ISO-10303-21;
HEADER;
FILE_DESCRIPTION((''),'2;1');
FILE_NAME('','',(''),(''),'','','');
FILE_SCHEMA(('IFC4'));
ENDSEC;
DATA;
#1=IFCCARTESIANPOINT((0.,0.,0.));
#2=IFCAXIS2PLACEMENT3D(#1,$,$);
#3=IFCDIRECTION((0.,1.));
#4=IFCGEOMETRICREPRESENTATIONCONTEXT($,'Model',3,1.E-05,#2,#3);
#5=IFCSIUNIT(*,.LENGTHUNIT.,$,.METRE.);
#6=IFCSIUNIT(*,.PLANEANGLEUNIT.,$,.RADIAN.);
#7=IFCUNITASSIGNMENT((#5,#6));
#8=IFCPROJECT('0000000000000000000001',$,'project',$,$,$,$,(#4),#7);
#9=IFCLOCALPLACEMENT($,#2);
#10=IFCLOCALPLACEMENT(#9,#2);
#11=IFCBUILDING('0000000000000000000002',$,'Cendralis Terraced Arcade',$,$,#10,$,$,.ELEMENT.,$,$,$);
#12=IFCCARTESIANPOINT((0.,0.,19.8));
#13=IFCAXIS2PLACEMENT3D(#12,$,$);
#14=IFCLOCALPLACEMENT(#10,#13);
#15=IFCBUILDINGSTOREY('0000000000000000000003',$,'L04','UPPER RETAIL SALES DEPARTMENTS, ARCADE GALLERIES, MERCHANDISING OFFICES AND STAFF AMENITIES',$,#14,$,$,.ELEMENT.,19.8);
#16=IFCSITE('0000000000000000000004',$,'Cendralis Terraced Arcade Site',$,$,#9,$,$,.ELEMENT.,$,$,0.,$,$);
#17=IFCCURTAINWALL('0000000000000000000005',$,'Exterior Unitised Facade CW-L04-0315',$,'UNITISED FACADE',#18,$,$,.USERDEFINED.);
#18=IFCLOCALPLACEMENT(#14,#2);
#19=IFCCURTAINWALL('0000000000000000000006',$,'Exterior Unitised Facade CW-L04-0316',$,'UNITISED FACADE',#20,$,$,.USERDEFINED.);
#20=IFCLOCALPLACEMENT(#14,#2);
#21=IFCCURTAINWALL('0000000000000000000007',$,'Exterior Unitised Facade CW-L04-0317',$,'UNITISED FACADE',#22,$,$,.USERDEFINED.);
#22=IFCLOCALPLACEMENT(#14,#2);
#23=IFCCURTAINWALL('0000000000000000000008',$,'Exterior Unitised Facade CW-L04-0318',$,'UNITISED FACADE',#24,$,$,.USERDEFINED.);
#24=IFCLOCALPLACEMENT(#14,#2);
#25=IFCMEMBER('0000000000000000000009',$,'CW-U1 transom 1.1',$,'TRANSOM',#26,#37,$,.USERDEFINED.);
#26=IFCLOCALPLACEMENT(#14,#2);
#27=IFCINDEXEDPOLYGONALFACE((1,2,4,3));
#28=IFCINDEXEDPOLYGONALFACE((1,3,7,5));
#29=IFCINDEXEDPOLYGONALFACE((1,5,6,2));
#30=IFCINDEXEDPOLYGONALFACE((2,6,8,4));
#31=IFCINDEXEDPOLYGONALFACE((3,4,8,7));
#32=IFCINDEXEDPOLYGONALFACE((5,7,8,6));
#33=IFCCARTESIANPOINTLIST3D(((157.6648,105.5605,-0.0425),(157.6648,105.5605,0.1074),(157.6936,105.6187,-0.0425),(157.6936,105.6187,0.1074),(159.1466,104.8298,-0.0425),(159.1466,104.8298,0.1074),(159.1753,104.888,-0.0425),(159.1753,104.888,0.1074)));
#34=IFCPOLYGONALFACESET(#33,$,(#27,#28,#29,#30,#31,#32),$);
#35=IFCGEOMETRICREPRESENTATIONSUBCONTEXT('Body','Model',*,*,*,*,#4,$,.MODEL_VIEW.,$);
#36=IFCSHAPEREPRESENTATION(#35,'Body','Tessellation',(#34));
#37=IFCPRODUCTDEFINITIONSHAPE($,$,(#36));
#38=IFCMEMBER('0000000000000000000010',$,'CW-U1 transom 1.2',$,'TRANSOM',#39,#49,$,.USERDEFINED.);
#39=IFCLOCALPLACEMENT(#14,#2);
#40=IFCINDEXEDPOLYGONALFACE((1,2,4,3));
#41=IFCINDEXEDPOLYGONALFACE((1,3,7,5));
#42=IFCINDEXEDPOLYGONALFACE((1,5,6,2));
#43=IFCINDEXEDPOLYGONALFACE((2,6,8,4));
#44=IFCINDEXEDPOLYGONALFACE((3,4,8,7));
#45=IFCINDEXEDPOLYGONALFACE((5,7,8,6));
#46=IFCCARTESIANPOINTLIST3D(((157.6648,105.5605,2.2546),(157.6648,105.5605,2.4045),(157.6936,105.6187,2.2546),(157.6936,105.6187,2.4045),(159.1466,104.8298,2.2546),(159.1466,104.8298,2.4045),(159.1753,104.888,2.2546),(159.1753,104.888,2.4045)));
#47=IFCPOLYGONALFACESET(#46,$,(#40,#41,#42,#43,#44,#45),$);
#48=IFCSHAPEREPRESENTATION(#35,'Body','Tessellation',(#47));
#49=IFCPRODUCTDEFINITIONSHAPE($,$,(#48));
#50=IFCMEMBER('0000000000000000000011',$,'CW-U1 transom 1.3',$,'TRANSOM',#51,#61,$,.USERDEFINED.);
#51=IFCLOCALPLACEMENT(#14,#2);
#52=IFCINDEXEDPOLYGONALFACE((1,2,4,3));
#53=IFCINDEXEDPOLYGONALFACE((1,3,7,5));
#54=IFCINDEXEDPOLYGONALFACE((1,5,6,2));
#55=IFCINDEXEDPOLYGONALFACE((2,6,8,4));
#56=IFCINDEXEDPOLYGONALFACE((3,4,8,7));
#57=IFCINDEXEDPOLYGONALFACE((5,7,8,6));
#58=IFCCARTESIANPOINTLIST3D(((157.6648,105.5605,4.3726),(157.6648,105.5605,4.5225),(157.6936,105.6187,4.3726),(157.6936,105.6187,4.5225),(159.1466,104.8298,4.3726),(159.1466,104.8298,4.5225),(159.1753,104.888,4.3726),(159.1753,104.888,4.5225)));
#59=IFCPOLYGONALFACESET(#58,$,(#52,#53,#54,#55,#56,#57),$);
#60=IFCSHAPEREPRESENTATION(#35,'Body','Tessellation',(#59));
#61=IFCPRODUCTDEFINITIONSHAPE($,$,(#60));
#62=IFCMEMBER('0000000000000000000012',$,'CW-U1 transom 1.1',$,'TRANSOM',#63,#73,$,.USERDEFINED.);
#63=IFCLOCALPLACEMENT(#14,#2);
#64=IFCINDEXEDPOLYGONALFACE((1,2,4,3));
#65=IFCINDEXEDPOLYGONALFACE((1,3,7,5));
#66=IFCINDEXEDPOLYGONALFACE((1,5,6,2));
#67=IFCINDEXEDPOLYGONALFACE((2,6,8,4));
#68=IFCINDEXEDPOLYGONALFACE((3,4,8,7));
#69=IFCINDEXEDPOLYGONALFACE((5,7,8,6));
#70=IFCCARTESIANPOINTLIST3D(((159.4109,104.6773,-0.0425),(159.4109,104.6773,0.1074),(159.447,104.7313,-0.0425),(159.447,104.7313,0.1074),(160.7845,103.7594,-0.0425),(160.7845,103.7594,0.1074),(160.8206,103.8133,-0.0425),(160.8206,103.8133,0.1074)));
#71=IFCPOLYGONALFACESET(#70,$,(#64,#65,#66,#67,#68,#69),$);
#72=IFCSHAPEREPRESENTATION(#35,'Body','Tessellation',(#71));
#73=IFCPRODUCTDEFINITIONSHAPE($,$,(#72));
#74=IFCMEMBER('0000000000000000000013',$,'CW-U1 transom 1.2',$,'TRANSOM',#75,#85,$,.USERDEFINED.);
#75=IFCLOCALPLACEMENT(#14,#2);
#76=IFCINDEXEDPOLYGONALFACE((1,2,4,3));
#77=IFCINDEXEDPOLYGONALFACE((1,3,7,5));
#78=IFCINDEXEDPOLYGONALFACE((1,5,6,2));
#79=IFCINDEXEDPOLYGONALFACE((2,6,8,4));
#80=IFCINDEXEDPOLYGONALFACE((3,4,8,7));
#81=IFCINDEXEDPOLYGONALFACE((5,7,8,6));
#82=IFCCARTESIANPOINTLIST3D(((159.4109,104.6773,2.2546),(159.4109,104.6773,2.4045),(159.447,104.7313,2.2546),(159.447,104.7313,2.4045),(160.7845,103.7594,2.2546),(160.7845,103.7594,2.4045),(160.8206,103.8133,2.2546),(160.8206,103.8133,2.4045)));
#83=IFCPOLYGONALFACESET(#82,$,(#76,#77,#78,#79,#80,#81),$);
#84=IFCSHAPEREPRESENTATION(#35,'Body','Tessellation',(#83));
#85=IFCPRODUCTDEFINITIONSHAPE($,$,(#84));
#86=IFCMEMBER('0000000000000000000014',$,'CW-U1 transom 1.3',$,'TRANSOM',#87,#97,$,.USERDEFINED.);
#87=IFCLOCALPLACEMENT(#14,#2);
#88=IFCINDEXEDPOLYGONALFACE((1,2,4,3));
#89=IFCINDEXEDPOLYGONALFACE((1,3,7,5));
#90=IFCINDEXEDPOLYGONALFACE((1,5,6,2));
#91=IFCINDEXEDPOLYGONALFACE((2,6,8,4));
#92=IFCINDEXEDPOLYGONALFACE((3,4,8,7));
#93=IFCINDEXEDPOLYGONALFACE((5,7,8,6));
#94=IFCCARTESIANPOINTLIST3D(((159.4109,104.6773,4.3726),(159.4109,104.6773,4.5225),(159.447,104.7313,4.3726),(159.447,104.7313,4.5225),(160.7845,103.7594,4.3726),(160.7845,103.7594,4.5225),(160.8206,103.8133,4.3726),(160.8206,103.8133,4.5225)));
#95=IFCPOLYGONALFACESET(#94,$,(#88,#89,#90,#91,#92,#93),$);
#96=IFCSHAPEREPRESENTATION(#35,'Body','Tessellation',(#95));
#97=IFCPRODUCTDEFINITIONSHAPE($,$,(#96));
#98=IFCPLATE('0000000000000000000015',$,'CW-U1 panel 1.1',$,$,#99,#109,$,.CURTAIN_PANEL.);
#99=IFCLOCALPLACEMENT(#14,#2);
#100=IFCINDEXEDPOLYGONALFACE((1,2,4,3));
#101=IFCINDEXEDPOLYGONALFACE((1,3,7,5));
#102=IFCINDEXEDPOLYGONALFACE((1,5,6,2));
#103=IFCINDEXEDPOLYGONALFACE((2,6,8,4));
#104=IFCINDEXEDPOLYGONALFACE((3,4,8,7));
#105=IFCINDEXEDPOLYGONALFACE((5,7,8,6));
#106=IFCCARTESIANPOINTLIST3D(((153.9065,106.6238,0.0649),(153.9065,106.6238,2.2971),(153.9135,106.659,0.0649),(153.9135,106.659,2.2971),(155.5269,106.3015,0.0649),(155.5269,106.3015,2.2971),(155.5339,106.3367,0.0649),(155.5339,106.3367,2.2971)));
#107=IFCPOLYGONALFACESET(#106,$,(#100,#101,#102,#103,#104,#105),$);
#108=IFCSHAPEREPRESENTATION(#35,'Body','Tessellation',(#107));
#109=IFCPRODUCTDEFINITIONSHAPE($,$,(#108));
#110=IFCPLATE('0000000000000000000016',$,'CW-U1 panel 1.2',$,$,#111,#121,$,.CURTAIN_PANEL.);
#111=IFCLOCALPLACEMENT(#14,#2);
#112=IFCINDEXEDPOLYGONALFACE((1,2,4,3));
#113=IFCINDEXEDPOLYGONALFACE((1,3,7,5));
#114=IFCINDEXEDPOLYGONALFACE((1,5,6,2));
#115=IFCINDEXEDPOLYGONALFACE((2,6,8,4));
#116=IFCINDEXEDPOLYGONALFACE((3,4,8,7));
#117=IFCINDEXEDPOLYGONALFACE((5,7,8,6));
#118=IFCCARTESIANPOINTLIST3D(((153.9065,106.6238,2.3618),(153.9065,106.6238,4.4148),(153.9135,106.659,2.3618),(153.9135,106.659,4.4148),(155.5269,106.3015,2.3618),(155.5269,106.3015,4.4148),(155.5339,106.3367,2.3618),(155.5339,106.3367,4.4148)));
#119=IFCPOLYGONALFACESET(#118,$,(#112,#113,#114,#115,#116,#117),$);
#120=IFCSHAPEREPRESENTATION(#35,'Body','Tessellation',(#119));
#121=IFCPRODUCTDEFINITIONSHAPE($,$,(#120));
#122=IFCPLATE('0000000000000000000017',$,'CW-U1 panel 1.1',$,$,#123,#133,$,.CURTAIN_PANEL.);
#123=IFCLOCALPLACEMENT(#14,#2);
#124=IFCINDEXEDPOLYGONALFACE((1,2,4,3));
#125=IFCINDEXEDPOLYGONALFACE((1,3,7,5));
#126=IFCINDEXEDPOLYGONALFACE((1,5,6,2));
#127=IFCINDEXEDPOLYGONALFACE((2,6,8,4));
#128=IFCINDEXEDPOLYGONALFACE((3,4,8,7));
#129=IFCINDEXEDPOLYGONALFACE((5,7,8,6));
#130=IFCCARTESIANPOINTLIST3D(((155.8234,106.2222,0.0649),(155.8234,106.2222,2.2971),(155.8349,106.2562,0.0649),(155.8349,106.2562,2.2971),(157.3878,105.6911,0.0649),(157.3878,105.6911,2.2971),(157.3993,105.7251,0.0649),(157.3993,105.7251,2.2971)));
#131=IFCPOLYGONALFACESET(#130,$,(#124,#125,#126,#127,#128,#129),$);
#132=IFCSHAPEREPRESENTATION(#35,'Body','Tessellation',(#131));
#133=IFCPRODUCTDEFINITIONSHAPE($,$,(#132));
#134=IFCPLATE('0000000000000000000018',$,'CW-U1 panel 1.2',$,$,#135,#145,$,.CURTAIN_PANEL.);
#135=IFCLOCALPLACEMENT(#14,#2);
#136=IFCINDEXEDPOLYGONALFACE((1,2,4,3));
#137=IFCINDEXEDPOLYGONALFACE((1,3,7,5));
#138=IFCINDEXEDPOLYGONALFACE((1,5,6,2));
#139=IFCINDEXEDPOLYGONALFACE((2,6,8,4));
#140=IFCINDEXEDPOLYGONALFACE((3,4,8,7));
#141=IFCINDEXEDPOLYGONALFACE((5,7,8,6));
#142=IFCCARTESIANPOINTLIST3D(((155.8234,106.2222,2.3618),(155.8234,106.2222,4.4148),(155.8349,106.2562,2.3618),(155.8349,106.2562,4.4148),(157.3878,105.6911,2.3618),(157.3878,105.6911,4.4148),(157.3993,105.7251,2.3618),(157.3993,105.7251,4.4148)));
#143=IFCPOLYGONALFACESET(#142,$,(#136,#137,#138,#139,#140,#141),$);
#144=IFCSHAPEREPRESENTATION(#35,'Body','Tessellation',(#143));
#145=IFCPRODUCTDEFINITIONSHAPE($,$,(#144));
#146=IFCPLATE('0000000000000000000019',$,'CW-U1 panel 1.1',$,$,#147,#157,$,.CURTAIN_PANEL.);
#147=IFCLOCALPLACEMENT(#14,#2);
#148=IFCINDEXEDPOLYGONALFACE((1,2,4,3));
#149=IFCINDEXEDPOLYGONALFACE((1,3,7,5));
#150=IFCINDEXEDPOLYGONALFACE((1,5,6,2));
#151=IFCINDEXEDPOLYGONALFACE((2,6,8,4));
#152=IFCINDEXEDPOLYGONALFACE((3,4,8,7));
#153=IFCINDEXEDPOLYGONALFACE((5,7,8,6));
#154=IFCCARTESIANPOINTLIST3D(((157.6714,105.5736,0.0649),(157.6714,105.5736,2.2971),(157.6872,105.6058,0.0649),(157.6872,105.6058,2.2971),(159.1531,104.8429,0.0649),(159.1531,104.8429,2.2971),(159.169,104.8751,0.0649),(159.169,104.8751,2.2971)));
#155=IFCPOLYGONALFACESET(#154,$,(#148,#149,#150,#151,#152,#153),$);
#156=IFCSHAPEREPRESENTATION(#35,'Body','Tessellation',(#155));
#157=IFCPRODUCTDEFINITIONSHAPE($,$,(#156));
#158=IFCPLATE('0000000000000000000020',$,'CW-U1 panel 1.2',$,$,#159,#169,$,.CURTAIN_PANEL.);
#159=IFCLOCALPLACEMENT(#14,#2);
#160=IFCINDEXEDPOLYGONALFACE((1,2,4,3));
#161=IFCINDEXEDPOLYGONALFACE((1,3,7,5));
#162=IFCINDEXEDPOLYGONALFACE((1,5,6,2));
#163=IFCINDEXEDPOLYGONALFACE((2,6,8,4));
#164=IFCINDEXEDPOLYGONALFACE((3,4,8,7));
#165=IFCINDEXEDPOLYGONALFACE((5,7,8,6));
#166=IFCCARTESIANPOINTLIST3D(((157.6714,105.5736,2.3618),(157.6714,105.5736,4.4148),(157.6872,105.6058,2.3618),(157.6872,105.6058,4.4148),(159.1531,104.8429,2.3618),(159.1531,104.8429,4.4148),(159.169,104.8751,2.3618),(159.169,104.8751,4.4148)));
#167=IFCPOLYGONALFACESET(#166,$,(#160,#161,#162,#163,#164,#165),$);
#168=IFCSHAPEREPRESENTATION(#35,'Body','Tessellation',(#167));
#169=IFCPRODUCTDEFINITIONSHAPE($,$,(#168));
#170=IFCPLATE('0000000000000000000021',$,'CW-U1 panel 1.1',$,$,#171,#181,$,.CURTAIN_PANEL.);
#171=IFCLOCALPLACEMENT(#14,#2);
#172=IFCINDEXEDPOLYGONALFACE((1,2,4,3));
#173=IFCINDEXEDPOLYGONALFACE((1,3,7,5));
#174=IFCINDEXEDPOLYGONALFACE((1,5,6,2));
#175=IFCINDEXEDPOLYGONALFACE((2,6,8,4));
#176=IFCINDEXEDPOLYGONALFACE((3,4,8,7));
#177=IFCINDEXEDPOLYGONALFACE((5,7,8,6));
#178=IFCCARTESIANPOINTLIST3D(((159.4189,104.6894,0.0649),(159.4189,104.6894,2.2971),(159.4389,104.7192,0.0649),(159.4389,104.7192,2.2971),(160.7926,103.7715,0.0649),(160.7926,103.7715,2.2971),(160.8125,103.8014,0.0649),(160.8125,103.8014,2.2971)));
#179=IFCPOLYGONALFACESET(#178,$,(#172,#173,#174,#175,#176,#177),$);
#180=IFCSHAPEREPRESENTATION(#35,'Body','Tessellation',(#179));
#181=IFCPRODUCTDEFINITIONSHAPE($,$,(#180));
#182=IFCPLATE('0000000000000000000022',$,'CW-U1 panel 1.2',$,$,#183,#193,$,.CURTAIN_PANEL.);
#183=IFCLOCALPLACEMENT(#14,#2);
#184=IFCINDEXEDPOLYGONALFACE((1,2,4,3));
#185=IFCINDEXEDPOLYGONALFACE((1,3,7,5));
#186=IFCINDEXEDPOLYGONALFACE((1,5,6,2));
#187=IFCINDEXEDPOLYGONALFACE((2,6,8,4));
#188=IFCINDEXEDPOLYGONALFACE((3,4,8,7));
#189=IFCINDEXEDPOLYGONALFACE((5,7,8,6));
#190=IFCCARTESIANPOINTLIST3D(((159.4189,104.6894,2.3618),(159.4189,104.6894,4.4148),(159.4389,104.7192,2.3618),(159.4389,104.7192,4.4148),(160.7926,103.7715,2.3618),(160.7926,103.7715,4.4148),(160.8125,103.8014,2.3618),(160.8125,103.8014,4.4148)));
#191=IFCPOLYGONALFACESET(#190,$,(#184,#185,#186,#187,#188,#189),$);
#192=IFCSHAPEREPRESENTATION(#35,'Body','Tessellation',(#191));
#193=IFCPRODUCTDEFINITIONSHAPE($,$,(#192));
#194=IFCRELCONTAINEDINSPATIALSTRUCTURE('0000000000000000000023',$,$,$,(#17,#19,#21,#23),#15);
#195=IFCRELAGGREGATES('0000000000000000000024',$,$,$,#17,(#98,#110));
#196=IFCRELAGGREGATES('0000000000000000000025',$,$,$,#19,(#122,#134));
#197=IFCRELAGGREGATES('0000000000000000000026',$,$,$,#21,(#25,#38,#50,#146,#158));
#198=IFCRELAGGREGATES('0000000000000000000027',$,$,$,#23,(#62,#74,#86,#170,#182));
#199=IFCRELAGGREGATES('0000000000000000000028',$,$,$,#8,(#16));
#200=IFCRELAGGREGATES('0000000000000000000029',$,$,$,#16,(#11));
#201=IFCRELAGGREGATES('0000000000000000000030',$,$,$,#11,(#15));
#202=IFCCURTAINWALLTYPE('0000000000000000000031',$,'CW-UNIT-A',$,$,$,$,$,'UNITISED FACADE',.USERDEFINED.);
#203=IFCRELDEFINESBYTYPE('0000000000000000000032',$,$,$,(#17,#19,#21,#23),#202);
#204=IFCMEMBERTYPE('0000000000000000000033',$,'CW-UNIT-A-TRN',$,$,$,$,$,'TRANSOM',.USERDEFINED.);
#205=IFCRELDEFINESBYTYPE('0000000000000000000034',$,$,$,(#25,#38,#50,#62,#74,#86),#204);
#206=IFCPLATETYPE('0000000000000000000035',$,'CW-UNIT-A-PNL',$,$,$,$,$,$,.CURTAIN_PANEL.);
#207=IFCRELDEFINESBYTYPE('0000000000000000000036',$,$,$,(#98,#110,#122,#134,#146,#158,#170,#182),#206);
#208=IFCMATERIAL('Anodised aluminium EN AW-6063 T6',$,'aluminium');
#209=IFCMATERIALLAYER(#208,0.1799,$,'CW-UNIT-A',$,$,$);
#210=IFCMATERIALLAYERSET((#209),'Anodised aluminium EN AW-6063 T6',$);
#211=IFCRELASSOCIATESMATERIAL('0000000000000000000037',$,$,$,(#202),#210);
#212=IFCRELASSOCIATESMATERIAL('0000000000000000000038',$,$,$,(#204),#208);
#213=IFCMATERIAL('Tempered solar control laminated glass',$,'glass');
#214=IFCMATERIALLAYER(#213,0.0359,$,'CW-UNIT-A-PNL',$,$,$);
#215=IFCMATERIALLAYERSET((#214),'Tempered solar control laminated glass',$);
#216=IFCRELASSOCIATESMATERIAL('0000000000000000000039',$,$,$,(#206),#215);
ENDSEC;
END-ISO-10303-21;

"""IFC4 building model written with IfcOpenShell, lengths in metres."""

from ifc_helpers import new_model, si_unit, direction, frame, origin, origin_2d, place, context, subcontext, project, spatial, rectangle, extrude, material, layer, layer_set, material_profile, profile_set, type_object, element, aggregate, save


model = new_model("IFC4")

# Units and contexts
model_context = context("Model", 3, precision=1e-05, world=origin(), true_north=direction((0.0, 1.0)))
body_context = subcontext(model_context, "Body", "Model", "MODEL_VIEW")
ifc_project = project(units=[si_unit("LENGTHUNIT", "METRE"), si_unit("PLANEANGLEUNIT", "RADIAN")], contexts=[model_context])

# Site, building, storey
site_placement = place(None, origin())
site = spatial("IfcSite", under=ifc_project, at=site_placement, Name="Cendralis Terraced Arcade Site", CompositionType="ELEMENT", RefElevation=0.0)
building_placement = place(site_placement, origin())
building = spatial("IfcBuilding", under=site, at=building_placement, Name="Cendralis Terraced Arcade", CompositionType="ELEMENT")
storey_placement = place(building_placement, frame((0.0, 0.0, 19.8)))
storey = spatial("IfcBuildingStorey", under=building, at=storey_placement, Name="L04", Description="UPPER RETAIL SALES DEPARTMENTS, ARCADE GALLERIES, MERCHANDISING OFFICES AND STAFF AMENITIES", CompositionType="ELEMENT", Elevation=19.8)

# Curtain wall
ifc_material_1 = material(Name="Anodised aluminium EN AW-6063 T6", Category="aluminium")
ifc_layer_1 = layer(ifc_material_1, 0.1799, Name="CW-UNIT-A")
ifc_layer_set_1 = layer_set([ifc_layer_1], Name="Anodised aluminium EN AW-6063 T6")
curtain_wall_type = type_object("IfcCurtainWallType", Name="CW-UNIT-A", ElementType="UNITISED FACADE", PredefinedType="USERDEFINED", material=ifc_layer_set_1)
curtain_wall_1_placement = place(storey_placement, origin())
curtain_wall_1 = element("IfcCurtainWall", 1, at=curtain_wall_1_placement, inside=storey, type_object=curtain_wall_type, Name="Exterior Unitised Facade CW-L04-0315", ObjectType="UNITISED FACADE", PredefinedType="USERDEFINED")

# Curtain walls
curtain_wall_2_placement = place(storey_placement, origin())
curtain_wall_2 = element("IfcCurtainWall", 2, at=curtain_wall_2_placement, inside=storey, type_object=curtain_wall_type, Name="Exterior Unitised Facade CW-L04-0316", ObjectType="UNITISED FACADE", PredefinedType="USERDEFINED")
curtain_wall_3_placement = place(storey_placement, origin())
curtain_wall_3 = element("IfcCurtainWall", 3, at=curtain_wall_3_placement, inside=storey, type_object=curtain_wall_type, Name="Exterior Unitised Facade CW-L04-0317", ObjectType="UNITISED FACADE", PredefinedType="USERDEFINED")

# Curtain wall
curtain_wall_4_placement = place(storey_placement, origin())
curtain_wall_4 = element("IfcCurtainWall", 4, at=curtain_wall_4_placement, inside=storey, type_object=curtain_wall_type, Name="Exterior Unitised Facade CW-L04-0318", ObjectType="UNITISED FACADE", PredefinedType="USERDEFINED")

# Members
ifc_material_profile_1 = material_profile(ifc_material_1, rectangle(XDim=0.0649, YDim=0.1499, at=origin_2d()), Name="ALU-TRN-65x150")
ifc_profile_set_1 = profile_set([ifc_material_profile_1], Name="Anodised aluminium EN AW-6063 T6")
member_type_1 = type_object("IfcMemberType", Name="CW-UNIT-A-TRN", ElementType="TRANSOM", PredefinedType="USERDEFINED", material=ifc_profile_set_1)
member_1_placement = place(storey_placement, frame((157.6792, 105.5896, 0.0325), z_axis=(0.896867, -0.442301, 0.0), x_axis=(0.442301, 0.896867, 0.0)))
member_1 = element("IfcMember", 5, at=member_1_placement, type_object=member_type_1, Name="CW-U1 transom 1.1", ObjectType="TRANSOM", PredefinedType="USERDEFINED", context=body_context, shape_type="SweptSolid", body=[
    extrude(rectangle(XDim=0.0649, YDim=0.1499, at=origin_2d()), origin(), (0.0, 0.0, 1.0), 1.6521),
])
member_2_placement = place(storey_placement, frame((157.6792, 105.5896, 2.3296), z_axis=(0.896867, -0.442301, 0.0), x_axis=(0.442301, 0.896867, 0.0)))
member_2 = element("IfcMember", 6, at=member_2_placement, type_object=member_type_1, Name="CW-U1 transom 1.2", ObjectType="TRANSOM", PredefinedType="USERDEFINED", context=body_context, shape_type="SweptSolid", body=[
    extrude(rectangle(XDim=0.0649, YDim=0.1499, at=origin_2d()), origin(), (0.0, 0.0, 1.0), 1.6521),
])
member_3_placement = place(storey_placement, frame((157.6792, 105.5896, 4.4475), z_axis=(0.896867, -0.442301, 0.0), x_axis=(0.442301, 0.896867, 0.0)))
member_3 = element("IfcMember", 7, at=member_3_placement, type_object=member_type_1, Name="CW-U1 transom 1.3", ObjectType="TRANSOM", PredefinedType="USERDEFINED", context=body_context, shape_type="SweptSolid", body=[
    extrude(rectangle(XDim=0.0649, YDim=0.1499, at=origin_2d()), origin(), (0.0, 0.0, 1.0), 1.6521),
])
member_4_placement = place(storey_placement, frame((159.429, 104.7043, 0.0325), z_axis=(0.831413, -0.555655, 0.0), x_axis=(0.555655, 0.831413, 0.0)))
member_4 = element("IfcMember", 8, at=member_4_placement, type_object=member_type_1, Name="CW-U1 transom 1.1", ObjectType="TRANSOM", PredefinedType="USERDEFINED", context=body_context, shape_type="SweptSolid", body=[
    extrude(rectangle(XDim=0.0649, YDim=0.1499, at=origin_2d()), origin(), (0.0, 0.0, 1.0), 1.6521),
])
member_5_placement = place(storey_placement, frame((159.429, 104.7043, 2.3296), z_axis=(0.831413, -0.555655, 0.0), x_axis=(0.555655, 0.831413, 0.0)))
member_5 = element("IfcMember", 9, at=member_5_placement, type_object=member_type_1, Name="CW-U1 transom 1.2", ObjectType="TRANSOM", PredefinedType="USERDEFINED", context=body_context, shape_type="SweptSolid", body=[
    extrude(rectangle(XDim=0.0649, YDim=0.1499, at=origin_2d()), origin(), (0.0, 0.0, 1.0), 1.6521),
])
member_6_placement = place(storey_placement, frame((159.429, 104.7043, 4.4475), z_axis=(0.831413, -0.555655, 0.0), x_axis=(0.555655, 0.831413, 0.0)))
member_6 = element("IfcMember", 10, at=member_6_placement, type_object=member_type_1, Name="CW-U1 transom 1.3", ObjectType="TRANSOM", PredefinedType="USERDEFINED", context=body_context, shape_type="SweptSolid", body=[
    extrude(rectangle(XDim=0.0649, YDim=0.1499, at=origin_2d()), origin(), (0.0, 0.0, 1.0), 1.6521),
])

# Plates
ifc_material_2 = material(Name="Tempered solar control laminated glass", Category="glass")
ifc_layer_2 = layer(ifc_material_2, 0.0359, Name="CW-UNIT-A-PNL")
ifc_layer_set_2 = layer_set([ifc_layer_2], Name="Tempered solar control laminated glass")
plate_type = type_object("IfcPlateType", Name="CW-UNIT-A-PNL", PredefinedType="CURTAIN_PANEL", material=ifc_layer_set_2)
plate_1_placement = place(storey_placement, frame((154.7202, 106.4802, 0.0649), z_axis=(0.0, 0.0, 1.0), x_axis=(0.980792, -0.195058, 0.0)))
plate_1 = element("IfcPlate", 11, at=plate_1_placement, type_object=plate_type, Name="CW-U1 panel 1.1", PredefinedType="CURTAIN_PANEL", context=body_context, shape_type="SweptSolid", body=[
    extrude(rectangle(XDim=1.6521, YDim=0.0359, at=origin_2d()), origin(), (0.0, 0.0, 1.0), 2.2322),
])
plate_2_placement = place(storey_placement, frame((154.7202, 106.4802, 2.3618), z_axis=(0.0, 0.0, 1.0), x_axis=(0.980792, -0.195058, 0.0)))
plate_2 = element("IfcPlate", 12, at=plate_2_placement, type_object=plate_type, Name="CW-U1 panel 1.2", PredefinedType="CURTAIN_PANEL", context=body_context, shape_type="SweptSolid", body=[
    extrude(rectangle(XDim=1.6521, YDim=0.0359, at=origin_2d()), origin(), (0.0, 0.0, 1.0), 2.053),
])
aggregate(curtain_wall_1, [plate_1, plate_2])
plate_3_placement = place(storey_placement, frame((156.6113, 105.9736, 0.0649), z_axis=(0.0, 0.0, 1.0), x_axis=(0.946924, -0.321458, 0.0)))
plate_3 = element("IfcPlate", 13, at=plate_3_placement, type_object=plate_type, Name="CW-U1 panel 1.1", PredefinedType="CURTAIN_PANEL", context=body_context, shape_type="SweptSolid", body=[
    extrude(rectangle(XDim=1.6521, YDim=0.0359, at=origin_2d()), origin(), (0.0, 0.0, 1.0), 2.2322),
])
plate_4_placement = place(storey_placement, frame((156.6113, 105.9736, 2.3618), z_axis=(0.0, 0.0, 1.0), x_axis=(0.946924, -0.321458, 0.0)))
plate_4 = element("IfcPlate", 14, at=plate_4_placement, type_object=plate_type, Name="CW-U1 panel 1.2", PredefinedType="CURTAIN_PANEL", context=body_context, shape_type="SweptSolid", body=[
    extrude(rectangle(XDim=1.6521, YDim=0.0359, at=origin_2d()), origin(), (0.0, 0.0, 1.0), 2.053),
])
aggregate(curtain_wall_2, [plate_3, plate_4])
plate_5_placement = place(storey_placement, frame((158.4202, 105.2244, 0.0649), z_axis=(0.0, 0.0, 1.0), x_axis=(0.896871, -0.442291, 0.0)))
plate_5 = element("IfcPlate", 15, at=plate_5_placement, type_object=plate_type, Name="CW-U1 panel 1.1", PredefinedType="CURTAIN_PANEL", context=body_context, shape_type="SweptSolid", body=[
    extrude(rectangle(XDim=1.6521, YDim=0.0359, at=origin_2d()), origin(), (0.0, 0.0, 1.0), 2.2322),
])
plate_6_placement = place(storey_placement, frame((158.4202, 105.2244, 2.3618), z_axis=(0.0, 0.0, 1.0), x_axis=(0.896871, -0.442291, 0.0)))
plate_6 = element("IfcPlate", 16, at=plate_6_placement, type_object=plate_type, Name="CW-U1 panel 1.2", PredefinedType="CURTAIN_PANEL", context=body_context, shape_type="SweptSolid", body=[
    extrude(rectangle(XDim=1.6521, YDim=0.0359, at=origin_2d()), origin(), (0.0, 0.0, 1.0), 2.053),
])
aggregate(curtain_wall_3, [member_1, member_2, member_3, plate_5, plate_6])
plate_7_placement = place(storey_placement, frame((160.1157, 104.2454, 0.0649), z_axis=(0.0, 0.0, 1.0), x_axis=(0.831471, -0.555567, 0.0)))
plate_7 = element("IfcPlate", 17, at=plate_7_placement, type_object=plate_type, Name="CW-U1 panel 1.1", PredefinedType="CURTAIN_PANEL", context=body_context, shape_type="SweptSolid", body=[
    extrude(rectangle(XDim=1.6521, YDim=0.0359, at=origin_2d()), origin(), (0.0, 0.0, 1.0), 2.2322),
])
plate_8_placement = place(storey_placement, frame((160.1157, 104.2454, 2.3618), z_axis=(0.0, 0.0, 1.0), x_axis=(0.831471, -0.555567, 0.0)))
plate_8 = element("IfcPlate", 18, at=plate_8_placement, type_object=plate_type, Name="CW-U1 panel 1.2", PredefinedType="CURTAIN_PANEL", context=body_context, shape_type="SweptSolid", body=[
    extrude(rectangle(XDim=1.6521, YDim=0.0359, at=origin_2d()), origin(), (0.0, 0.0, 1.0), 2.053),
])
aggregate(curtain_wall_4, [member_4, member_5, member_6, plate_7, plate_8])

save(model, "model.ifc")
